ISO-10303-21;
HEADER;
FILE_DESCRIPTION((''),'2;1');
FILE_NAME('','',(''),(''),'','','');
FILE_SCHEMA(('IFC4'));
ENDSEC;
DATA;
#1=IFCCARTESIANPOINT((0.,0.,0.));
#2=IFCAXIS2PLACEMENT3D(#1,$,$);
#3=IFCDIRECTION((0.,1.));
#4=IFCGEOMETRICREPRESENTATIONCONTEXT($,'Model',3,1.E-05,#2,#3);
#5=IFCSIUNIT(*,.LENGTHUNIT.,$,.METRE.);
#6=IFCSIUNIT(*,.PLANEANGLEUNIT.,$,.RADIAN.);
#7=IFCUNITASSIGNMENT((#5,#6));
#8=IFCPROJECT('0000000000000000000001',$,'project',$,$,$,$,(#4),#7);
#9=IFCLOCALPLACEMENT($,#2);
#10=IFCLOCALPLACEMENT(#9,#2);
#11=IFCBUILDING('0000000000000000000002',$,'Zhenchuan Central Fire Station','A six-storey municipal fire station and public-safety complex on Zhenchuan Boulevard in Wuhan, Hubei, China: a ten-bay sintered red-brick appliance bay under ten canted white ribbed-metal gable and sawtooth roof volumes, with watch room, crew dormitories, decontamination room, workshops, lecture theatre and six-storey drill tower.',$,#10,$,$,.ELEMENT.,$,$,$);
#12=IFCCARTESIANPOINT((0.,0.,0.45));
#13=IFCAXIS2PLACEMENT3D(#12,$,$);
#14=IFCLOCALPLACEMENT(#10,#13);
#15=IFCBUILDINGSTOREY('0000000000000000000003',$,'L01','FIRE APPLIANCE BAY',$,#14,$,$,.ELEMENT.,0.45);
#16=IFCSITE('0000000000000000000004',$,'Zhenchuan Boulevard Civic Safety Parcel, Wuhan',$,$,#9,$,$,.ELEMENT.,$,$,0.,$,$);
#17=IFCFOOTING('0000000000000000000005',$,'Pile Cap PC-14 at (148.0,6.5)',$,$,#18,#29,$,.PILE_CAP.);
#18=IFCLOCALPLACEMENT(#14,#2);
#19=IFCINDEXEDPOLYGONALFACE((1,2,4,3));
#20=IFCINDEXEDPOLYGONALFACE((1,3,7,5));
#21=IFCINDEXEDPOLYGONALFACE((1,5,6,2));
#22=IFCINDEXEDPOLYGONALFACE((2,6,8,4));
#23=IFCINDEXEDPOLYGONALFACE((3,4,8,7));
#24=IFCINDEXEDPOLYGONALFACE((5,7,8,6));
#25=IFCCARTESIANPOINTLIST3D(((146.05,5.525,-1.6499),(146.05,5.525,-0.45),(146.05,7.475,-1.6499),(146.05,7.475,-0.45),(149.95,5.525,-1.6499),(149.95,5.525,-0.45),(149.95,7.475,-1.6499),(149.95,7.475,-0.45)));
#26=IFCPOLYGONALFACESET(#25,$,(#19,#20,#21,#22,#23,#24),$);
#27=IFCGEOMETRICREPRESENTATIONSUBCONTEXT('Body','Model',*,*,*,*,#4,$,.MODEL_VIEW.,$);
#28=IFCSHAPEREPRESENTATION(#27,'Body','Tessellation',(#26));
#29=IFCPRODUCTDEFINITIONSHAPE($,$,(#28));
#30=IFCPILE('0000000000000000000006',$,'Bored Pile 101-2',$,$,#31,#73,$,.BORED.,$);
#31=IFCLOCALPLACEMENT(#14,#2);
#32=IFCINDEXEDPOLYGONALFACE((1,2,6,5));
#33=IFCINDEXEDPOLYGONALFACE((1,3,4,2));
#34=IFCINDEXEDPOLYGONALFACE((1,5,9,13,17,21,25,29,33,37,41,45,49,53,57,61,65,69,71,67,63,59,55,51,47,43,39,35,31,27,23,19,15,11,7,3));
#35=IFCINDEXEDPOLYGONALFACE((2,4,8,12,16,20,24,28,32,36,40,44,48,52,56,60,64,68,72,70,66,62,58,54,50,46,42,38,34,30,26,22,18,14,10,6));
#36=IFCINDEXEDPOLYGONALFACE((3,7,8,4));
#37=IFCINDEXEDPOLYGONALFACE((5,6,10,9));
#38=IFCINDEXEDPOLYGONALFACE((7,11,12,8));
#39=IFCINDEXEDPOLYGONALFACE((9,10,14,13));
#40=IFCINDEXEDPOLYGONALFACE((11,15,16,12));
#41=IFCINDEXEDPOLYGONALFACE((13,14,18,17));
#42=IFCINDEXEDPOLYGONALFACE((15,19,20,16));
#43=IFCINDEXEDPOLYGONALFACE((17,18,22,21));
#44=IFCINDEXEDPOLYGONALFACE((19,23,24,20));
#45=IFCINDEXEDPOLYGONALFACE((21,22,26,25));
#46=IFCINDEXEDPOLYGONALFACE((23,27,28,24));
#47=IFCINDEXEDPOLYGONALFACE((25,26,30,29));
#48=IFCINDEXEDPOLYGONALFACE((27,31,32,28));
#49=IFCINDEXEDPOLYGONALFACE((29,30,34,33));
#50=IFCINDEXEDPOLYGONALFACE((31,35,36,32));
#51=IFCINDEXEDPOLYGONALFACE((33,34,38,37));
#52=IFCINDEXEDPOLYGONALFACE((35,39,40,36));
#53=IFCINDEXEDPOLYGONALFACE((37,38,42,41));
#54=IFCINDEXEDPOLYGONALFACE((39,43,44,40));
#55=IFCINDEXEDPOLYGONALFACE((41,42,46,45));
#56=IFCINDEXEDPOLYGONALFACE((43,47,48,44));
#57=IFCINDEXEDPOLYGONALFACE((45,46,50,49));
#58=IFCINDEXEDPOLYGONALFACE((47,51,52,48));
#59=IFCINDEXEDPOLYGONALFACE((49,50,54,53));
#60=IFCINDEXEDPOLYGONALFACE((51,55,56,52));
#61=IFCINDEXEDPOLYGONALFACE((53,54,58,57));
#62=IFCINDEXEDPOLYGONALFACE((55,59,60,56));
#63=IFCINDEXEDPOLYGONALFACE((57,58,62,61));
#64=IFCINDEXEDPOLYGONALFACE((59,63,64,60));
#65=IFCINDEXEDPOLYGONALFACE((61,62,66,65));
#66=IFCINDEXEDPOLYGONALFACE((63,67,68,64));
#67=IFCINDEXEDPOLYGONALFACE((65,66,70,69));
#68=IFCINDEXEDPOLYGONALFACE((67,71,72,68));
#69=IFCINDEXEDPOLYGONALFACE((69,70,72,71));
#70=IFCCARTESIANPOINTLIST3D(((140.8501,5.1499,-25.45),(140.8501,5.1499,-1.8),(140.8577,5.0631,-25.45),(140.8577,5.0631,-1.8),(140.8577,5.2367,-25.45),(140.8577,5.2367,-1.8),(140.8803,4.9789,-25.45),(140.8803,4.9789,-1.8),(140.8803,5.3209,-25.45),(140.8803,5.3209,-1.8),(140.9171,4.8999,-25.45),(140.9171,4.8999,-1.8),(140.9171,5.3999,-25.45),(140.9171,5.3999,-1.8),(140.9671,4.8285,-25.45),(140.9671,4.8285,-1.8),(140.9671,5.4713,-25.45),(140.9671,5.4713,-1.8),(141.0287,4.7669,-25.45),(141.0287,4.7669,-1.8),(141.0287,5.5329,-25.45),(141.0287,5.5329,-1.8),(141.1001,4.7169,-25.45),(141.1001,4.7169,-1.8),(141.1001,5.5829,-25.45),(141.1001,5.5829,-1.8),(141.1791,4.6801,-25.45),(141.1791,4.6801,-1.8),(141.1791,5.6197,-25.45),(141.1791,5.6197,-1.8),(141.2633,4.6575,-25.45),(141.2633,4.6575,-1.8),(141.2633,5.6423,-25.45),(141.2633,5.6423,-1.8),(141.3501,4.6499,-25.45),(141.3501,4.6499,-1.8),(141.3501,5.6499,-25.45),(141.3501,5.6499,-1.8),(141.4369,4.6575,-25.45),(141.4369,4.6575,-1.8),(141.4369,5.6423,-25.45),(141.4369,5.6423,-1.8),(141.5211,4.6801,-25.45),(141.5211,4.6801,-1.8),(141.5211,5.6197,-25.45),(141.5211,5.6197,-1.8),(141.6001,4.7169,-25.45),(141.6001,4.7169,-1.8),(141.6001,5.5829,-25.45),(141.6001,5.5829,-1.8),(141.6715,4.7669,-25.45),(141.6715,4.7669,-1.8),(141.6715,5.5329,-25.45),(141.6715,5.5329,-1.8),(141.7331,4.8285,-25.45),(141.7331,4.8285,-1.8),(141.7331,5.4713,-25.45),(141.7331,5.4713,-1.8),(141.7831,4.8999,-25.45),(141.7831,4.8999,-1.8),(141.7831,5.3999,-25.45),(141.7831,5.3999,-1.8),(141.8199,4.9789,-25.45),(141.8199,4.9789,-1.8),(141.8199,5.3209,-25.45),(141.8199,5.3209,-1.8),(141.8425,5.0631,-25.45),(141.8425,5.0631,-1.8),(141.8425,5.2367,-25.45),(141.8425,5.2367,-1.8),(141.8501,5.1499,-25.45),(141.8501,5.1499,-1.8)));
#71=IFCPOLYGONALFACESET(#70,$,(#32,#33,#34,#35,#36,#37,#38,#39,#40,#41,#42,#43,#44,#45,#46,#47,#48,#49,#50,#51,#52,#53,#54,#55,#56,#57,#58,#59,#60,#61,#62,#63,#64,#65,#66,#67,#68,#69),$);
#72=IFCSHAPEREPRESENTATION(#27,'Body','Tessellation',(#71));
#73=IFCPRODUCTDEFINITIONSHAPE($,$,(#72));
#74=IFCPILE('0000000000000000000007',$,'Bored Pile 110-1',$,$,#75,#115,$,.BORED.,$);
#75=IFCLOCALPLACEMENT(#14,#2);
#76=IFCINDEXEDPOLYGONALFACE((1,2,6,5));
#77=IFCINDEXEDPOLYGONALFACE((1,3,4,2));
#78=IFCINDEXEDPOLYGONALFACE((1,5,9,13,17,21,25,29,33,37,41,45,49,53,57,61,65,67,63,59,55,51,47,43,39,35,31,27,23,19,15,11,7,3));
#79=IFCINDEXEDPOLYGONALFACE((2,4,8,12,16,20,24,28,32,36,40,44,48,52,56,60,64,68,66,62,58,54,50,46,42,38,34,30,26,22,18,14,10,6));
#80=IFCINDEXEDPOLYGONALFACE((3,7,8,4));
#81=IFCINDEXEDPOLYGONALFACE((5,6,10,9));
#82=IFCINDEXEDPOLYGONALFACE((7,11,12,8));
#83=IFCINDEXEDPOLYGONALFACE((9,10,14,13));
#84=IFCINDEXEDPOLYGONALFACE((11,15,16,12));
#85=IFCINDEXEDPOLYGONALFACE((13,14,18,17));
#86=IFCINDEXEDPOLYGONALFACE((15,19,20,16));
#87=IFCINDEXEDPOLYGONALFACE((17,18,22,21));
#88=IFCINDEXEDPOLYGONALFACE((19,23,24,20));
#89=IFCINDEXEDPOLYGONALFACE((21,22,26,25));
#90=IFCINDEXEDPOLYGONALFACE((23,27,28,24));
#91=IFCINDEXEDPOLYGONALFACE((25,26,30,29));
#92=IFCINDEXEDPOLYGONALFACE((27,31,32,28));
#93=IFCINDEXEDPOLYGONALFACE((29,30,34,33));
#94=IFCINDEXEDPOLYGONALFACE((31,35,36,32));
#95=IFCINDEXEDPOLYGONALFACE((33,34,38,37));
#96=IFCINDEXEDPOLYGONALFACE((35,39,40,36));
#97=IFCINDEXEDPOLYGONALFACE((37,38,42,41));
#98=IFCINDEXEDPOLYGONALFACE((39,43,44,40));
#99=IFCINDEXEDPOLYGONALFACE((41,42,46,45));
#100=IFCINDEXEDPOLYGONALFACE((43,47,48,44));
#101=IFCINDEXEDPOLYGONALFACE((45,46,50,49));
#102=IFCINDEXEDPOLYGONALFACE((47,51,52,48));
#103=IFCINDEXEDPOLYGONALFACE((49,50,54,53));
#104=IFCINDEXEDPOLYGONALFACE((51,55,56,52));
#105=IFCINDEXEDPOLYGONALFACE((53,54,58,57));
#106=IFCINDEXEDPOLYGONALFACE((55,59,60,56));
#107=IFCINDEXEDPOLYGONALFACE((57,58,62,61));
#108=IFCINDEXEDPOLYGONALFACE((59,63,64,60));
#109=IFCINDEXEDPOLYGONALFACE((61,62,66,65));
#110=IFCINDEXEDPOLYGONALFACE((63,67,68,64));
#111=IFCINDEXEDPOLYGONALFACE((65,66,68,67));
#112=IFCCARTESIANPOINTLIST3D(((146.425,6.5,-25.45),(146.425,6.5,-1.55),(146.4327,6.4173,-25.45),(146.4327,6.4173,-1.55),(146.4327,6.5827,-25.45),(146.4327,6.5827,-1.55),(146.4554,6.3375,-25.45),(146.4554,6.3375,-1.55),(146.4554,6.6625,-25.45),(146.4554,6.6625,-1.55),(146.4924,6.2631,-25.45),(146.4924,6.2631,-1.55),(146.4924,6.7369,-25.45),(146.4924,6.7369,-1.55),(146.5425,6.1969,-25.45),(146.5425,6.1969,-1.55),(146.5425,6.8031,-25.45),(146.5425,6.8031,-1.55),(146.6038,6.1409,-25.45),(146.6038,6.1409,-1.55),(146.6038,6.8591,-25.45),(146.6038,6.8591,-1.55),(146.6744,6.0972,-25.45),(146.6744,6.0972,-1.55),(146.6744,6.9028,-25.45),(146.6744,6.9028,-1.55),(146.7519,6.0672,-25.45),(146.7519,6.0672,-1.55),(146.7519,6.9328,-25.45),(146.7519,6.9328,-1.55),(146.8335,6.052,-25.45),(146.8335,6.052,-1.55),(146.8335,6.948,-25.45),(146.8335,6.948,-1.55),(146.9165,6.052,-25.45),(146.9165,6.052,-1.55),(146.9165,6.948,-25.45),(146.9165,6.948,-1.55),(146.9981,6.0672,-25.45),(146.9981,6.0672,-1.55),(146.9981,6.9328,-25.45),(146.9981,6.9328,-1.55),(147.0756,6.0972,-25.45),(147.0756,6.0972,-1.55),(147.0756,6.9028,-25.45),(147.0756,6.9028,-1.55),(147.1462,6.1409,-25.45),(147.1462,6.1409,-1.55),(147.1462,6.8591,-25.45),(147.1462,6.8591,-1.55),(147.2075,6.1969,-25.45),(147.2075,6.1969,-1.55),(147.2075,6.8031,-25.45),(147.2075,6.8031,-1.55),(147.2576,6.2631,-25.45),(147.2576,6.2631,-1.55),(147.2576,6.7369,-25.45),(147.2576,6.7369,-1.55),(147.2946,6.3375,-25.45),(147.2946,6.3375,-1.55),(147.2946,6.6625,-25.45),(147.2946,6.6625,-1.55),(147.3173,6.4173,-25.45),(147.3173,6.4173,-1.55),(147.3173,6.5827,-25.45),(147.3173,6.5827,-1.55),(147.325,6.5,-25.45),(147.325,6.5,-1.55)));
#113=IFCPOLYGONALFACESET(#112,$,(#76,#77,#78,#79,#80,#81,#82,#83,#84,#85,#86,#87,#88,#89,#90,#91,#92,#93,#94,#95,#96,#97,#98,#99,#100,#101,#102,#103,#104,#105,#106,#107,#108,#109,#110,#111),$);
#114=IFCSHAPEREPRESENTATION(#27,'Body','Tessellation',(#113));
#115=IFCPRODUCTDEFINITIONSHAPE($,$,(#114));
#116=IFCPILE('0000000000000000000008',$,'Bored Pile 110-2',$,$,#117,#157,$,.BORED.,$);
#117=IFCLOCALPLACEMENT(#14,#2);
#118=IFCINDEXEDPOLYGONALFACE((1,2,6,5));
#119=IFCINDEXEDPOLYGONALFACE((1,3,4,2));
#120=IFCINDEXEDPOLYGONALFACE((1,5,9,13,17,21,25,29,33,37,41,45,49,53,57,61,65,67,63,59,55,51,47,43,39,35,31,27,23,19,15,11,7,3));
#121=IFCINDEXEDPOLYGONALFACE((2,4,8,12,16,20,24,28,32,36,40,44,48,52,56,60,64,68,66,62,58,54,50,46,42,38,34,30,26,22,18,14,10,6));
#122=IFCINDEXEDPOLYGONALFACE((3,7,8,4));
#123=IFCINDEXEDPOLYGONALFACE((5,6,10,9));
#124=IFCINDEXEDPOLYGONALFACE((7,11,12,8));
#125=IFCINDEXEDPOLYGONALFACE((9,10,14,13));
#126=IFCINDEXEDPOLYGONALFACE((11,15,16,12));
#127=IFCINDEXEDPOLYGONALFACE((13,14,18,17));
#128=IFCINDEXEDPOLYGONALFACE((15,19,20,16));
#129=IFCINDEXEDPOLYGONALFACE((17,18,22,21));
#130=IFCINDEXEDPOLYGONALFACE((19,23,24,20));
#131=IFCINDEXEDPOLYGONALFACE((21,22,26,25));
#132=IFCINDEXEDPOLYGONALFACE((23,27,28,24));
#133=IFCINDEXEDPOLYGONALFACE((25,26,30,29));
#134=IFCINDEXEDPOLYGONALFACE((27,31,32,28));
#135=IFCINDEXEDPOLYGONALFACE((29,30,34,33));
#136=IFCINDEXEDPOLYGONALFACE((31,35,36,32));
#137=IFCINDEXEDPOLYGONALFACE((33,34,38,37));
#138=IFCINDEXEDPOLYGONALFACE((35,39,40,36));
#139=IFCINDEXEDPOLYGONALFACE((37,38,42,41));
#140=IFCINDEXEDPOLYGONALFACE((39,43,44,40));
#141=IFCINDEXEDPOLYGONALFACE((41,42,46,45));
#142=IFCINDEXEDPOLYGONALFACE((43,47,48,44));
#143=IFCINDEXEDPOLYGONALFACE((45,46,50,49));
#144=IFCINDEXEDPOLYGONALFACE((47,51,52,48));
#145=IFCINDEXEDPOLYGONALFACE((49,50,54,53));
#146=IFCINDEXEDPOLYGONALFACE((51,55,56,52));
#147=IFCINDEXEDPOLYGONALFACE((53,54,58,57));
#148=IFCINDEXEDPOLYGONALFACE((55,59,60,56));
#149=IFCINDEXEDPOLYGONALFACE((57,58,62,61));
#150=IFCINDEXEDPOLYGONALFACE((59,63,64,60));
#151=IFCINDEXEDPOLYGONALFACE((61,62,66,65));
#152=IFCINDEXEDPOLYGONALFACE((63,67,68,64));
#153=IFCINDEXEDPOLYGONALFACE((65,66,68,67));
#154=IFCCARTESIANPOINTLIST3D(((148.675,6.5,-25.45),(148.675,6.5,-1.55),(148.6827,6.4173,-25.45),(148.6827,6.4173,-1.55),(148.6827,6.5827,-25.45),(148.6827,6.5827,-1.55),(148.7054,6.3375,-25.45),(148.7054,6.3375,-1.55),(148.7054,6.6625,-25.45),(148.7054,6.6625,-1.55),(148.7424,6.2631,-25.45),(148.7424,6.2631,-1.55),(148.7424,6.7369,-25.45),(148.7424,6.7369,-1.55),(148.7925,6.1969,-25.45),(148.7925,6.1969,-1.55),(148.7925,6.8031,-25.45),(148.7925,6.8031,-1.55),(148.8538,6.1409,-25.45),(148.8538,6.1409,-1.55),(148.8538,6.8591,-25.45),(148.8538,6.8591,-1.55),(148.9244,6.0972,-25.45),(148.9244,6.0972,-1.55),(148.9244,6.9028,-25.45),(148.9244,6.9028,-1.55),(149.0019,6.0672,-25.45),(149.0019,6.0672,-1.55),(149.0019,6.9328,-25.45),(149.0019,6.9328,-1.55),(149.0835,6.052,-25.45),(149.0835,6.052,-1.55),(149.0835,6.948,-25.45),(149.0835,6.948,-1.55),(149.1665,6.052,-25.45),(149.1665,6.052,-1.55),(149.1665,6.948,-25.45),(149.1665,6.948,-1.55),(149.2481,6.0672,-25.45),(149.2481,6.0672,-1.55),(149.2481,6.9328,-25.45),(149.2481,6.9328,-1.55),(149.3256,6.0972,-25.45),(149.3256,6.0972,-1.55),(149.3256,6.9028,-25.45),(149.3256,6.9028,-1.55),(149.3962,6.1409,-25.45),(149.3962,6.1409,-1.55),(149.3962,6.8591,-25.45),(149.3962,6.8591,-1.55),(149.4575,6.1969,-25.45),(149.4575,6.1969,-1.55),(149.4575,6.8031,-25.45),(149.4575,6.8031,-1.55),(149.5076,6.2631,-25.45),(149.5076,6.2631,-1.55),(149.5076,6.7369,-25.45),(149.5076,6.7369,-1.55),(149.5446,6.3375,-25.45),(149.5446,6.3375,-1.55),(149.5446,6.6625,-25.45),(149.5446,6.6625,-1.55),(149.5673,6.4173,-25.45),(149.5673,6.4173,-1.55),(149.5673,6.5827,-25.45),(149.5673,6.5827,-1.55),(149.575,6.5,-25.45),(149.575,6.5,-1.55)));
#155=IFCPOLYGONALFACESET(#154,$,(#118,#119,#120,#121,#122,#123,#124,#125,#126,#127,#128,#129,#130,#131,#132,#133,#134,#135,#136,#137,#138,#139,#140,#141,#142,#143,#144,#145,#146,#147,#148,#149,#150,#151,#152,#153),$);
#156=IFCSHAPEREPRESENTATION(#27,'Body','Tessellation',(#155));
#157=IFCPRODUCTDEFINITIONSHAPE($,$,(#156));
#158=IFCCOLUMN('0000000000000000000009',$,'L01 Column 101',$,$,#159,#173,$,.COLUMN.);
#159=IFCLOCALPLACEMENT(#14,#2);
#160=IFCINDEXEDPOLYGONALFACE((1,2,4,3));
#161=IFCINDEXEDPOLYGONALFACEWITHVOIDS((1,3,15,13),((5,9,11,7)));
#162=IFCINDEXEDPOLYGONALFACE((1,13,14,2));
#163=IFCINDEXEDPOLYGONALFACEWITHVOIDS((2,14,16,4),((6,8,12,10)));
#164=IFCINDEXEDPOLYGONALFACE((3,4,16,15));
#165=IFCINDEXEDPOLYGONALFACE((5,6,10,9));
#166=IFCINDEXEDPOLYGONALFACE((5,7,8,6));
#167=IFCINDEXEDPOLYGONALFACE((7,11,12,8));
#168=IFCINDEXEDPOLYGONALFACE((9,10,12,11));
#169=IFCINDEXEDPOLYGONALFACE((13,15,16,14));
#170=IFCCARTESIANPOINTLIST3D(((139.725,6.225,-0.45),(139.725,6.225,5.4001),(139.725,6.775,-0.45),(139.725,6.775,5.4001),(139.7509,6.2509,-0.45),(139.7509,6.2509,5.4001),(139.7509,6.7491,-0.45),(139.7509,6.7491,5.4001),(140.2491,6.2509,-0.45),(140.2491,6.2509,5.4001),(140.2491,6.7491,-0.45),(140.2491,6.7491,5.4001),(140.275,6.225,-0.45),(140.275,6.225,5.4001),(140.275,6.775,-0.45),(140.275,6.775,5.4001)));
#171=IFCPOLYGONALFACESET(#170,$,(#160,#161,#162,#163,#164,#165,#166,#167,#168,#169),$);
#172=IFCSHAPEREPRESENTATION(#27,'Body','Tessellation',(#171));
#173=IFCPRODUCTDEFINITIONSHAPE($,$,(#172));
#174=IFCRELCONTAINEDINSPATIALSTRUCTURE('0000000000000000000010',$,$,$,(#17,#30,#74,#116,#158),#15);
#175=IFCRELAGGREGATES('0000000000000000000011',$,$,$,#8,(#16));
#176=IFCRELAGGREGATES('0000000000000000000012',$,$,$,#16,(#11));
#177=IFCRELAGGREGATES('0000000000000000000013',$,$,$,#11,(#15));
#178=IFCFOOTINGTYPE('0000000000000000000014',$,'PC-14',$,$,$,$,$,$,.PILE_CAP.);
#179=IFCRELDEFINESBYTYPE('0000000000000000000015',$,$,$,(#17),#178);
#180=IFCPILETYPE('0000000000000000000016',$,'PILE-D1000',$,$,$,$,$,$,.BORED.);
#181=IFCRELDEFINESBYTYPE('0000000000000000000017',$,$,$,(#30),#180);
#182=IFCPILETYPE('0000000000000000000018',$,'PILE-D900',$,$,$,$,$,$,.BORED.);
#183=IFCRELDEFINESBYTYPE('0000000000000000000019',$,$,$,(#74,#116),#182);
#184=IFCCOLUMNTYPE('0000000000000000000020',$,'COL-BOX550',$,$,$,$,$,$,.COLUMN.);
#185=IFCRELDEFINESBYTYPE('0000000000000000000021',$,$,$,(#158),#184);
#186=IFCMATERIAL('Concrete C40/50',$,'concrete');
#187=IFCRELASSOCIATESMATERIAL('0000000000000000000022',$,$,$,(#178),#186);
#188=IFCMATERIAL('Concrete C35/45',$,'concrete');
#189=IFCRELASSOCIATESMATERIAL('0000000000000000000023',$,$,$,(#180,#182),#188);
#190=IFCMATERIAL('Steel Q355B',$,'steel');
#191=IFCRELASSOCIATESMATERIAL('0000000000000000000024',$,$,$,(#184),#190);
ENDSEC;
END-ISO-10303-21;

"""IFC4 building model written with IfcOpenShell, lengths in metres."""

from ifc_helpers import new_model, si_unit, direction, frame, origin, origin_2d, place, context, subcontext, project, spatial, rectangle, hollow_rectangle, circle, extrude, material, material_profile, profile_set, type_object, element, save


model = new_model("IFC4")

# Units and contexts
model_context = context("Model", 3, precision=1e-05, world=origin(), true_north=direction((0.0, 1.0)))
body_context = subcontext(model_context, "Body", "Model", "MODEL_VIEW")
ifc_project = project(units=[si_unit("LENGTHUNIT", "METRE"), si_unit("PLANEANGLEUNIT", "RADIAN")], contexts=[model_context])

# Site, building, storey
site_placement = place(None, origin())
site = spatial("IfcSite", under=ifc_project, at=site_placement, Name="Zhenchuan Boulevard Civic Safety Parcel, Wuhan", CompositionType="ELEMENT", RefElevation=0.0)
building_placement = place(site_placement, origin())
building = spatial("IfcBuilding", under=site, at=building_placement, Name="Zhenchuan Central Fire Station", Description="A six-storey municipal fire station and public-safety complex on Zhenchuan Boulevard in Wuhan, Hubei, China: a ten-bay sintered red-brick appliance bay under ten canted white ribbed-metal gable and sawtooth roof volumes, with watch room, crew dormitories, decontamination room, workshops, lecture theatre and six-storey drill tower.", CompositionType="ELEMENT")
storey_placement = place(building_placement, frame((0.0, 0.0, 0.45)))
storey = spatial("IfcBuildingStorey", under=building, at=storey_placement, Name="L01", Description="FIRE APPLIANCE BAY", CompositionType="ELEMENT", Elevation=0.45)

# Footing
ifc_material_1 = material(Name="Concrete C40/50", Category="concrete")
footing_type = type_object("IfcFootingType", Name="PC-14", PredefinedType="PILE_CAP", material=ifc_material_1)
footing_placement = place(storey_placement, frame((148.0, 6.5, -1.6499), z_axis=(0.0, 0.0, 1.0), x_axis=(1.0, 0.0, 0.0)))
element("IfcFooting", 1, at=footing_placement, inside=storey, type_object=footing_type, Name="Pile Cap PC-14 at (148.0,6.5)", PredefinedType="PILE_CAP", context=body_context, shape_type="SweptSolid", body=[
    extrude(rectangle(XDim=3.8999, YDim=1.95, at=origin_2d()), origin(), (0.0, 0.0, 1.0), 1.2),
])

# Piles
ifc_material_2 = material(Name="Concrete C35/45", Category="concrete")
ifc_material_profile_1 = material_profile(ifc_material_2, circle(Radius=0.5, at=origin_2d()), Name="PILE D1000")
ifc_profile_set_1 = profile_set([ifc_material_profile_1], Name="Concrete C35/45")
pile_type_1 = type_object("IfcPileType", Name="PILE-D1000", PredefinedType="BORED", material=ifc_profile_set_1)
pile_placement = place(storey_placement, frame((141.3501, 5.1499, -1.8), z_axis=(0.0, 0.0, -1.0), x_axis=(1.0, 0.0, 0.0)))
element("IfcPile", 2, at=pile_placement, inside=storey, type_object=pile_type_1, Name="Bored Pile 101-2", PredefinedType="BORED", context=body_context, shape_type="SweptSolid", body=[
    extrude(circle(Radius=0.5, at=origin_2d()), origin(), (0.0, 0.0, 1.0), 23.6499),
])
ifc_material_profile_2 = material_profile(ifc_material_2, circle(Radius=0.45, at=origin_2d()), Name="PILE D900")
ifc_profile_set_2 = profile_set([ifc_material_profile_2], Name="Concrete C35/45")
pile_type_2 = type_object("IfcPileType", Name="PILE-D900", PredefinedType="BORED", material=ifc_profile_set_2)
for number, where, z_axis, x_axis, name in (
    (3, (146.875, 6.5, -1.55), (0.0, 0.0, -1.0), (1.0, 0.0, 0.0), "Bored Pile 110-1"),
    (4, (149.125, 6.5, -1.55), (0.0, 0.0, -1.0), (1.0, 0.0, 0.0), "Bored Pile 110-2"),
):
    element("IfcPile", number, at=place(storey_placement, frame(where, z_axis=z_axis, x_axis=x_axis)), inside=storey, type_object=pile_type_2, Name=name, PredefinedType="BORED", context=body_context, shape_type="SweptSolid", body=[
        extrude(circle(Radius=0.45, at=origin_2d()), origin(), (0.0, 0.0, 1.0), 23.8999),
    ])

# Column
ifc_material_3 = material(Name="Steel Q355B", Category="steel")
ifc_material_profile_3 = material_profile(ifc_material_3, hollow_rectangle(XDim=0.55, YDim=0.55, WallThickness=0.0259, at=origin_2d()), Name="BOX 550x550x26")
ifc_profile_set_3 = profile_set([ifc_material_profile_3], Name="Steel Q355B")
column_type_1 = type_object("IfcColumnType", Name="COL-BOX550", PredefinedType="COLUMN", material=ifc_profile_set_3)
column_1_placement = place(storey_placement, frame((140.0, 6.5, -0.45), z_axis=(0.0, 0.0, 1.0), x_axis=(1.0, 0.0, 0.0)))
element("IfcColumn", 5, at=column_1_placement, inside=storey, type_object=column_type_1, Name="L01 Column 101", PredefinedType="COLUMN", context=body_context, shape_type="SweptSolid", body=[
    extrude(hollow_rectangle(XDim=0.55, YDim=0.55, WallThickness=0.0259, at=origin_2d()), origin(), (0.0, 0.0, 1.0), 5.8501),
])

save(model, "model.ifc")
